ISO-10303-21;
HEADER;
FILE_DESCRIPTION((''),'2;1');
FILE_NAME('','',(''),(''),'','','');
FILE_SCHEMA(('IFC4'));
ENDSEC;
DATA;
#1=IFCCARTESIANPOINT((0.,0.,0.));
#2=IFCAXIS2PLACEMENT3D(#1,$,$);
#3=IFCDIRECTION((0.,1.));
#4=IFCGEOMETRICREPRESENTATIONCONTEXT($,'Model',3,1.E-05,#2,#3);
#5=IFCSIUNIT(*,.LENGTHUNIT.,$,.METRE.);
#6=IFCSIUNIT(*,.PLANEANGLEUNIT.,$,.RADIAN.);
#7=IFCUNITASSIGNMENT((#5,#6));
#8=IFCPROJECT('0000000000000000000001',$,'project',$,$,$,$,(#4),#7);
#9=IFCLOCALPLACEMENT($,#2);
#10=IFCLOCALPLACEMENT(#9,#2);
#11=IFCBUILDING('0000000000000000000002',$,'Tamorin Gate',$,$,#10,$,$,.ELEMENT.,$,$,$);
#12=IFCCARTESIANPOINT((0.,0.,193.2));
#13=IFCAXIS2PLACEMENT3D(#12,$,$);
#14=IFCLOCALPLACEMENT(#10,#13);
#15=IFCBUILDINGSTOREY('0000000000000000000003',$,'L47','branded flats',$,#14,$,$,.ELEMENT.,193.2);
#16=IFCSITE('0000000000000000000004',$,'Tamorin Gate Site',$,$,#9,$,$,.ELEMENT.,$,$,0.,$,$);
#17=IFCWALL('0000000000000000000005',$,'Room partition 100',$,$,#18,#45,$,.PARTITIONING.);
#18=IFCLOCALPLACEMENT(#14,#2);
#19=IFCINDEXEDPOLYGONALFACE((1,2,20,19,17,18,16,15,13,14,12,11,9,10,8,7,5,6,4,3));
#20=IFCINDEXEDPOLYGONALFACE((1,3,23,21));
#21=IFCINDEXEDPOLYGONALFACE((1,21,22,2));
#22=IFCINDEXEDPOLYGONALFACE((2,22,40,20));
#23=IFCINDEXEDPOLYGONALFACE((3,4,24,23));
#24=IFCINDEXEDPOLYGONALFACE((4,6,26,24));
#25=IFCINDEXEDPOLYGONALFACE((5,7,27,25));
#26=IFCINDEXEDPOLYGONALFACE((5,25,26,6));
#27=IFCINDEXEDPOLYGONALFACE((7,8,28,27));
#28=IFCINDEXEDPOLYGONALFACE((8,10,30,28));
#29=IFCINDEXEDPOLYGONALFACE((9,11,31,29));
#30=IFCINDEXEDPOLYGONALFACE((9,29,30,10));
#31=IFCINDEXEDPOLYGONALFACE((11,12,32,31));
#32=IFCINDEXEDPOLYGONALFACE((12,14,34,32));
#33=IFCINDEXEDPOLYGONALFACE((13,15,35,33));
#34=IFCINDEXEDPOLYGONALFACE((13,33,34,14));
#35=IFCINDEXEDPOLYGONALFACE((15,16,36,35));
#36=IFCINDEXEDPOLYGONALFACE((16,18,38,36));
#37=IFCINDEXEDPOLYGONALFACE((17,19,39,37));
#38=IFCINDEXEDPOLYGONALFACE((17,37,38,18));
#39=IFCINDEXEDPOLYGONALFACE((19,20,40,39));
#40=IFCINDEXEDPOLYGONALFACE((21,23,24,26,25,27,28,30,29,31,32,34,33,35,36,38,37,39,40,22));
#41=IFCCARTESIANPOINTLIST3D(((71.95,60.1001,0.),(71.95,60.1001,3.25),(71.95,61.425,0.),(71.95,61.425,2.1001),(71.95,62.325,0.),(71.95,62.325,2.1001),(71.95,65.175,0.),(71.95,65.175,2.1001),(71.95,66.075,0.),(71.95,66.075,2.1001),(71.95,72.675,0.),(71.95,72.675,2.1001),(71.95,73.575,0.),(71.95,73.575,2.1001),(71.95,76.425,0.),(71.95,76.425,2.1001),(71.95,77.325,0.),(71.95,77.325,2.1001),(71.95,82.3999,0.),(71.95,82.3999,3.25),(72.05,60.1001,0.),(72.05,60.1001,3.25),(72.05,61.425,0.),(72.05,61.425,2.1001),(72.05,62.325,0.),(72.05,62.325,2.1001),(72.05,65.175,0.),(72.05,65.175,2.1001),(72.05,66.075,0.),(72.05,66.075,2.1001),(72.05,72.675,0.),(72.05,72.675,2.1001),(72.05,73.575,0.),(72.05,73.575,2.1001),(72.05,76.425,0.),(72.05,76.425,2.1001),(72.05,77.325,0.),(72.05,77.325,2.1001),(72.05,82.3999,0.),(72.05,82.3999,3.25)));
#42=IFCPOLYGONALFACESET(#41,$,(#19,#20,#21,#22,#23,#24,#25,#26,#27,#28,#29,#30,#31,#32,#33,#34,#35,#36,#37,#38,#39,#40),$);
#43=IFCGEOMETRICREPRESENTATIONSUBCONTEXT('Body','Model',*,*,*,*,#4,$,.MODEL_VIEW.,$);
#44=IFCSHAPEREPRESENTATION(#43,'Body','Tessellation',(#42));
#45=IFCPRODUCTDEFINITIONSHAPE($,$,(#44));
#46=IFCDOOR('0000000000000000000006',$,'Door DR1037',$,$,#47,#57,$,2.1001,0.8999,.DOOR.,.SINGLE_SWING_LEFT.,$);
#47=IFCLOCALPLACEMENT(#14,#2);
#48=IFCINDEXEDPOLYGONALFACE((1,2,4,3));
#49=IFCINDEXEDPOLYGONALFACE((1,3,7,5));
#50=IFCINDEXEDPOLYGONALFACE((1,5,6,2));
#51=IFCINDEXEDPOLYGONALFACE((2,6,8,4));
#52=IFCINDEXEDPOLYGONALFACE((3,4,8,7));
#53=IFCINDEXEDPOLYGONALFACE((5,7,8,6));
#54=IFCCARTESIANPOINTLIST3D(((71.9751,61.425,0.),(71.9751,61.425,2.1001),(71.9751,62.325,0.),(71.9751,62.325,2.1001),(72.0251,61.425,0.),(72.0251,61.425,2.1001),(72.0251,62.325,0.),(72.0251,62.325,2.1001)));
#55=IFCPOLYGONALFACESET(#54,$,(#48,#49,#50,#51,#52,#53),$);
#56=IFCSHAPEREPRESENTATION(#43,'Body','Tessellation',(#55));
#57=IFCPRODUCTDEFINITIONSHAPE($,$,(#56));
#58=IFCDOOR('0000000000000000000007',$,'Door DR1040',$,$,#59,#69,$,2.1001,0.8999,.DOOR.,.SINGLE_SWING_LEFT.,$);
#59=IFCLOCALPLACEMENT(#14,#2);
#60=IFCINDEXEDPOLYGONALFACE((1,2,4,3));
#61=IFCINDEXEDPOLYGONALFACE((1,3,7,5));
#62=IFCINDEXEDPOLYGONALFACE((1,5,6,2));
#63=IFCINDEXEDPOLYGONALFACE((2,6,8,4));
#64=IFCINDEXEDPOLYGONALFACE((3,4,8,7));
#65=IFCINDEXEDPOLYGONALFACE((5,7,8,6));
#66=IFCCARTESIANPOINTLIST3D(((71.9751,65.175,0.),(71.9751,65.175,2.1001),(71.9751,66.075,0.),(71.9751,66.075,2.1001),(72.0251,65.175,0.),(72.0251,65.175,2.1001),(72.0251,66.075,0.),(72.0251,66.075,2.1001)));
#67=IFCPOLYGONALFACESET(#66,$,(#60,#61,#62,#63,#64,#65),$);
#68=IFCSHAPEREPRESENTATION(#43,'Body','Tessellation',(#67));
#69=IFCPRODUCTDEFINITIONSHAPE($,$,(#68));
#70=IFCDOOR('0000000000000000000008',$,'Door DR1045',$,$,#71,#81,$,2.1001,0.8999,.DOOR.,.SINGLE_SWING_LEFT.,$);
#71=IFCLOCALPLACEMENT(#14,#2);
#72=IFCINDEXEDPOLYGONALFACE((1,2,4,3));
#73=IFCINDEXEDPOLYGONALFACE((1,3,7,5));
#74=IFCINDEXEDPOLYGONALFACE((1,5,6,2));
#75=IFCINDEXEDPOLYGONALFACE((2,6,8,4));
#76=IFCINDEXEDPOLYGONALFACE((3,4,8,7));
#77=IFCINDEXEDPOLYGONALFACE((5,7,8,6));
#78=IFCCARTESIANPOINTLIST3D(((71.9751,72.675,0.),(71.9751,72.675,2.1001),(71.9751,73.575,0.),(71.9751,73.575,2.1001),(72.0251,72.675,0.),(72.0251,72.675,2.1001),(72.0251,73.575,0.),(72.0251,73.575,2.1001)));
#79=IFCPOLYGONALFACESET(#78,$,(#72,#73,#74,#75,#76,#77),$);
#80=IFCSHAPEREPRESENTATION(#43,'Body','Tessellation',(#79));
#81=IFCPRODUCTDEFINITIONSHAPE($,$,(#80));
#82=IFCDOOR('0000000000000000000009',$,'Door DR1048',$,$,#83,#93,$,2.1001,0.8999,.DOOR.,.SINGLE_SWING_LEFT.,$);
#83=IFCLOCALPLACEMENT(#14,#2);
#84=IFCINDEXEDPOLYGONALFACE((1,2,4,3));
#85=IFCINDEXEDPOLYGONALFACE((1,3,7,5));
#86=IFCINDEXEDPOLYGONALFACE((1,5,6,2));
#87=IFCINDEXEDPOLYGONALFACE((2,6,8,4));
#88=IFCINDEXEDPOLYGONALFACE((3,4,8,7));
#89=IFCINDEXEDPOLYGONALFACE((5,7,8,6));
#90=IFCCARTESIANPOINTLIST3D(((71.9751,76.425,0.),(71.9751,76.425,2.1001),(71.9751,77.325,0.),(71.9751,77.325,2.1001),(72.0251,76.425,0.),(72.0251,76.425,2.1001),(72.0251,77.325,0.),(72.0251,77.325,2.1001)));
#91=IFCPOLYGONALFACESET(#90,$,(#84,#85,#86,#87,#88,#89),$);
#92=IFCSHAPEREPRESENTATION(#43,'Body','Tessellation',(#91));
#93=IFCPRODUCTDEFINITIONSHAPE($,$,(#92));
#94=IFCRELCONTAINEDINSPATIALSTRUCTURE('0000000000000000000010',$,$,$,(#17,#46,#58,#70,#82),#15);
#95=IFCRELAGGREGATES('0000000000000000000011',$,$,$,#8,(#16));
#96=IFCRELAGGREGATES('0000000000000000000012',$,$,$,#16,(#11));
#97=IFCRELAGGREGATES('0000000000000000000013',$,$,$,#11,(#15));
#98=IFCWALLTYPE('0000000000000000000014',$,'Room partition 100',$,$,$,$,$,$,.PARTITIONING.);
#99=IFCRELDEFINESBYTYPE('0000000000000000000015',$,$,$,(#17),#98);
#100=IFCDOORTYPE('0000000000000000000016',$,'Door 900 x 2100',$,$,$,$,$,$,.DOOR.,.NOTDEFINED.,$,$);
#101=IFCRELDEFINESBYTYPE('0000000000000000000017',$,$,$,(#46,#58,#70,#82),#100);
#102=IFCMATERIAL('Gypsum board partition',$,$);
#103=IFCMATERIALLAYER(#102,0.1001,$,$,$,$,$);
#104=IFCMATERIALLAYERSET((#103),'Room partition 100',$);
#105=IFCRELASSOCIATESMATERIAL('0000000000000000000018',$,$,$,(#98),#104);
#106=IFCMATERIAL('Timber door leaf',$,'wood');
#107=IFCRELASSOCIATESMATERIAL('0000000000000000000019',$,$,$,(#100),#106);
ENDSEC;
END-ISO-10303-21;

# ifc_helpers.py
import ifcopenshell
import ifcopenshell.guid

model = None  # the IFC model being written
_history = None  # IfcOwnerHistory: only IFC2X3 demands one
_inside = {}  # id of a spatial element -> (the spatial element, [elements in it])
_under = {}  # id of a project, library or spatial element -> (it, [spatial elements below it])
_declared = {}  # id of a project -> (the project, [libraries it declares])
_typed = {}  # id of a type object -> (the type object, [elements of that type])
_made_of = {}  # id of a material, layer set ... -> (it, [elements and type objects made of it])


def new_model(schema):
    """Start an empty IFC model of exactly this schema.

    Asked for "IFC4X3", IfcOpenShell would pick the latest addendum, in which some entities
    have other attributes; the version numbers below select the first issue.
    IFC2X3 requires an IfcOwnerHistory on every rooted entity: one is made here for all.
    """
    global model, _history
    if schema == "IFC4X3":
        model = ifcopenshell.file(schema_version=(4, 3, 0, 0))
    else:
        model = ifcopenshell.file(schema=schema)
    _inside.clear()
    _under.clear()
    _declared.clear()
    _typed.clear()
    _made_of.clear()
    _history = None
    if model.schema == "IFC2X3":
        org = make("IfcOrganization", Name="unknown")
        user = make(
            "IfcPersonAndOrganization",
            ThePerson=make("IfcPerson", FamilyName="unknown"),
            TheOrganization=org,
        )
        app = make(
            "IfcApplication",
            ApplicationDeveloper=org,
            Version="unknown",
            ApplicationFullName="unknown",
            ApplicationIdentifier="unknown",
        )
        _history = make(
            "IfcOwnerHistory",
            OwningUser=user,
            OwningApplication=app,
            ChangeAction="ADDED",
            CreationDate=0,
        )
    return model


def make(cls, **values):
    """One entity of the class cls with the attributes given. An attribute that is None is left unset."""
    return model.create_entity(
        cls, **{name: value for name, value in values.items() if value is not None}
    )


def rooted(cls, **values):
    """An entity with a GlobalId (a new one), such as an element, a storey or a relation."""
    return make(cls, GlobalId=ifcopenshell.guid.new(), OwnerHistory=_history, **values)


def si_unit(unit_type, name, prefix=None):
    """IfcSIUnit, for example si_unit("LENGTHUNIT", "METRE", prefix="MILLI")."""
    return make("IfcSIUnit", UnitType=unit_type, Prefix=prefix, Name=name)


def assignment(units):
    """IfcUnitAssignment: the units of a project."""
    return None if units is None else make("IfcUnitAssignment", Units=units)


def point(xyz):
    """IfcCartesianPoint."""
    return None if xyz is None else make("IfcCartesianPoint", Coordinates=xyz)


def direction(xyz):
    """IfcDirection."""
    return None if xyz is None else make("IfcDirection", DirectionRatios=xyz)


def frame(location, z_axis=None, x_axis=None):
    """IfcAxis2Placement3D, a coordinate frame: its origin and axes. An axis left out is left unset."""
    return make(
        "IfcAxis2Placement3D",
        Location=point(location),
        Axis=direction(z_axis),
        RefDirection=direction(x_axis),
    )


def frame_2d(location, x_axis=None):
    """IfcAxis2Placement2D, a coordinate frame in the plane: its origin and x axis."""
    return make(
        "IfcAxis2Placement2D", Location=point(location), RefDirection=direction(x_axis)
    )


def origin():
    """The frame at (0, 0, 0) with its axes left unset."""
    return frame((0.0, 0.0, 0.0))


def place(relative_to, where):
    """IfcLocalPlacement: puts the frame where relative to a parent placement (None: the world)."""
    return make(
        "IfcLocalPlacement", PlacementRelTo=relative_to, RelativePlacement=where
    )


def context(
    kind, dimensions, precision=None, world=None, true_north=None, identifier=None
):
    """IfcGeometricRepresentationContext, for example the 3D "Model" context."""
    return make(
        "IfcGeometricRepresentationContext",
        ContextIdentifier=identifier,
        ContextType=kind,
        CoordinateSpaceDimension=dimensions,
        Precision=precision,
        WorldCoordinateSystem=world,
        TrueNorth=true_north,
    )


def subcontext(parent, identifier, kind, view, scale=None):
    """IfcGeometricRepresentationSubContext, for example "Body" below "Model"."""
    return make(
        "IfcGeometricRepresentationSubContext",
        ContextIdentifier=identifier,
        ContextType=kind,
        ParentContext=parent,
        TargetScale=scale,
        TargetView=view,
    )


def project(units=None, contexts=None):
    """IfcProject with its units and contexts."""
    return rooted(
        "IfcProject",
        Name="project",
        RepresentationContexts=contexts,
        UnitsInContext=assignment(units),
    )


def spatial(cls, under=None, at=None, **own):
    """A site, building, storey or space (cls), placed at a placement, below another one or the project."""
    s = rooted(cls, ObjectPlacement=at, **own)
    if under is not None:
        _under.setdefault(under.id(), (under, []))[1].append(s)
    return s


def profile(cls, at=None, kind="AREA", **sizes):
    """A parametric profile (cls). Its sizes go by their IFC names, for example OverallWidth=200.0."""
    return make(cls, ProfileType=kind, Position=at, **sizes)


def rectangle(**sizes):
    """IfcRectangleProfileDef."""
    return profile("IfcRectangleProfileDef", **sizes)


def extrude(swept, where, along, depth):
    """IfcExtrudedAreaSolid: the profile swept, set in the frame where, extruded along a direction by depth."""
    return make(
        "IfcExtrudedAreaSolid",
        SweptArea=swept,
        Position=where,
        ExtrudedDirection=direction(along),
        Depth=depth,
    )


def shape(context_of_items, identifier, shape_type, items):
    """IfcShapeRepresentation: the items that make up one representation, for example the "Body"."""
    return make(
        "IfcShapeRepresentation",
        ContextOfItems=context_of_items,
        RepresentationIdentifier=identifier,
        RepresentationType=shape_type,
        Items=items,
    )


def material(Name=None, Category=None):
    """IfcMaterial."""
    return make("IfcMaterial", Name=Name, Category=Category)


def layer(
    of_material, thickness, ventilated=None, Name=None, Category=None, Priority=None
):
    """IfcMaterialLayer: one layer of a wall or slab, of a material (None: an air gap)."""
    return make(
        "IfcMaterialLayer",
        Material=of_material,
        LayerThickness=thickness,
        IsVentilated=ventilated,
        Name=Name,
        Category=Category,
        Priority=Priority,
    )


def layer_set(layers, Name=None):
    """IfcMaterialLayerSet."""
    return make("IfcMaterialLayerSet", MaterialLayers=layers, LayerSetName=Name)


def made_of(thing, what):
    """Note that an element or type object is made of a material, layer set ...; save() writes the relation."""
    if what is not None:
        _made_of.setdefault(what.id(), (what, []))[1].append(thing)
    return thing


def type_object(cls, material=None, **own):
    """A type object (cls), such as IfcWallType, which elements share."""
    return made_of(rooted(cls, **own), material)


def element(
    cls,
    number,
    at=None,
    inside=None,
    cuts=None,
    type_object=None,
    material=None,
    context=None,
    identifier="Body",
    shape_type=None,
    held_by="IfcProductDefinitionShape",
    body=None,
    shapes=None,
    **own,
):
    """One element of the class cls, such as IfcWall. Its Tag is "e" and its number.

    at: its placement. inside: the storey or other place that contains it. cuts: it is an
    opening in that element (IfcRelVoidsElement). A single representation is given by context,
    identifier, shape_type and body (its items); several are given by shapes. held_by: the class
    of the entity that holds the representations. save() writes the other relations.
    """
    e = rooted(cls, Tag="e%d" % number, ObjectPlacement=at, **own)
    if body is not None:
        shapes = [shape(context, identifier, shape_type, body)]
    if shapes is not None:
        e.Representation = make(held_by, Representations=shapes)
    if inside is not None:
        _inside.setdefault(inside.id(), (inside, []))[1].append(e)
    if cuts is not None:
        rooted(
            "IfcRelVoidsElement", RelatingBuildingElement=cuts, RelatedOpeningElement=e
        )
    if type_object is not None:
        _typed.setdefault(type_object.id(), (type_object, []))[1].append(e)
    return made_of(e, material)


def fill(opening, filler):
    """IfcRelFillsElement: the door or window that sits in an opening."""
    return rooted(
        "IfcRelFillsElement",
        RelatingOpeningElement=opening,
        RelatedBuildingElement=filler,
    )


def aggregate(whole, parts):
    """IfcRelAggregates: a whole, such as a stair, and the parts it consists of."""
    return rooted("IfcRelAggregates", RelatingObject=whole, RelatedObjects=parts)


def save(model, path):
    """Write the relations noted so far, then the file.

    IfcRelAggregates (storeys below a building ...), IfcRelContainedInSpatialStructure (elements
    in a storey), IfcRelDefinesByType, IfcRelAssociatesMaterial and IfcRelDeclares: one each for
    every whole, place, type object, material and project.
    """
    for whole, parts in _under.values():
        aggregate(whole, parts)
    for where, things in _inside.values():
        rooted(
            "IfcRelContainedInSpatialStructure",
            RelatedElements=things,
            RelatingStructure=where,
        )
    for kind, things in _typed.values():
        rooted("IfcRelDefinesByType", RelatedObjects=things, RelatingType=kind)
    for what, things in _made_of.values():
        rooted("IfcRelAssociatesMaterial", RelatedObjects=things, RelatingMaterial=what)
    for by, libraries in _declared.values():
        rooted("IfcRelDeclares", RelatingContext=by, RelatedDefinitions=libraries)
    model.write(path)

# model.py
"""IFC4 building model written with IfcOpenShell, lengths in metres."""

from ifc_helpers import new_model, si_unit, direction, frame, frame_2d, origin, place, context, subcontext, project, spatial, rectangle, extrude, material, layer, layer_set, type_object, element, fill, save


model = new_model("IFC4")

# Units and contexts
model_context = context("Model", 3, precision=1e-05, world=origin(), true_north=direction((0.0, 1.0)))
body_context = subcontext(model_context, "Body", "Model", "MODEL_VIEW")
ifc_project = project(units=[si_unit("LENGTHUNIT", "METRE"), si_unit("PLANEANGLEUNIT", "RADIAN")], contexts=[model_context])

# Site, building, storey
site_placement = place(None, origin())
site = spatial("IfcSite", under=ifc_project, at=site_placement, Name="Tamorin Gate Site", CompositionType="ELEMENT", RefElevation=0.0)
building_placement = place(site_placement, origin())
building = spatial("IfcBuilding", under=site, at=building_placement, Name="Tamorin Gate", CompositionType="ELEMENT")
storey_placement = place(building_placement, frame((0.0, 0.0, 193.2)))
storey = spatial("IfcBuildingStorey", under=building, at=storey_placement, Name="L47", Description="branded flats", CompositionType="ELEMENT", Elevation=193.2)

# Wall, openings, doors
ifc_material_1 = material(Name="Gypsum board partition")
ifc_layer_1 = layer(ifc_material_1, 0.1001)
ifc_layer_set_1 = layer_set([ifc_layer_1], Name="Room partition 100")
wall_type_1 = type_object("IfcWallType", Name="Room partition 100", PredefinedType="PARTITIONING", material=ifc_layer_set_1)
wall_1_placement = place(storey_placement, frame((72.0, 60.1001, 0.0), z_axis=(0.0, 0.0, 1.0), x_axis=(0.0, 1.0, 0.0)))
wall_1 = element("IfcWall", 1, at=wall_1_placement, inside=storey, type_object=wall_type_1, Name="Room partition 100", PredefinedType="PARTITIONING", context=body_context, shape_type="SweptSolid", body=[
    extrude(rectangle(XDim=22.2998, YDim=0.1001, at=frame_2d((11.1499, 0.0))), origin(), (0.0, 0.0, 1.0), 3.25),
])
opening_1_placement = place(wall_1_placement, frame((1.325, 0.0, 0.0)))
opening_1 = element("IfcOpeningElement", 2, at=opening_1_placement, cuts=wall_1, PredefinedType="OPENING", context=body_context, shape_type="SweptSolid", body=[
    extrude(rectangle(XDim=0.8999, YDim=2.1001, at=frame_2d((0.45, 1.05))), frame((0.0, 0.0601, 0.0), z_axis=(0.0, -1.0, 0.0), x_axis=(1.0, 0.0, 0.0)), (0.0, 0.0, 1.0), 0.1201),
])
opening_2_placement = place(wall_1_placement, frame((5.075, 0.0, 0.0)))
opening_2 = element("IfcOpeningElement", 3, at=opening_2_placement, cuts=wall_1, PredefinedType="OPENING", context=body_context, shape_type="SweptSolid", body=[
    extrude(rectangle(XDim=0.8999, YDim=2.1001, at=frame_2d((0.45, 1.05))), frame((0.0, 0.0601, 0.0), z_axis=(0.0, -1.0, 0.0), x_axis=(1.0, 0.0, 0.0)), (0.0, 0.0, 1.0), 0.1201),
])
opening_3_placement = place(wall_1_placement, frame((12.575, 0.0, 0.0)))
opening_3 = element("IfcOpeningElement", 4, at=opening_3_placement, cuts=wall_1, PredefinedType="OPENING", context=body_context, shape_type="SweptSolid", body=[
    extrude(rectangle(XDim=0.8999, YDim=2.1001, at=frame_2d((0.45, 1.05))), frame((0.0, 0.0601, 0.0), z_axis=(0.0, -1.0, 0.0), x_axis=(1.0, 0.0, 0.0)), (0.0, 0.0, 1.0), 0.1201),
])
opening_4_placement = place(wall_1_placement, frame((16.325, 0.0, 0.0)))
opening_4 = element("IfcOpeningElement", 5, at=opening_4_placement, cuts=wall_1, PredefinedType="OPENING", context=body_context, shape_type="SweptSolid", body=[
    extrude(rectangle(XDim=0.8999, YDim=2.1001, at=frame_2d((0.45, 1.05))), frame((0.0, 0.0601, 0.0), z_axis=(0.0, -1.0, 0.0), x_axis=(1.0, 0.0, 0.0)), (0.0, 0.0, 1.0), 0.1201),
])
ifc_material_2 = material(Name="Timber door leaf", Category="wood")
door_type = type_object("IfcDoorType", Name="Door 900 x 2100", OperationType="NOTDEFINED", PredefinedType="DOOR", material=ifc_material_2)
door_1_placement = place(opening_1_placement, origin())
door_1 = element("IfcDoor", 6, at=door_1_placement, inside=storey, type_object=door_type, Name="Door DR1037", OperationType="SINGLE_SWING_LEFT", OverallHeight=2.1001, OverallWidth=0.8999, PredefinedType="DOOR", context=body_context, shape_type="SweptSolid", body=[
    extrude(rectangle(XDim=0.8999, YDim=2.1001, at=frame_2d((0.45, 1.05))), frame((0.0, 0.0249, 0.0), z_axis=(0.0, -1.0, 0.0), x_axis=(1.0, 0.0, 0.0)), (0.0, 0.0, 1.0), 0.05),
])
fill(opening_1, door_1)
door_2_placement = place(opening_2_placement, origin())
door_2 = element("IfcDoor", 7, at=door_2_placement, inside=storey, type_object=door_type, Name="Door DR1040", OperationType="SINGLE_SWING_LEFT", OverallHeight=2.1001, OverallWidth=0.8999, PredefinedType="DOOR", context=body_context, shape_type="SweptSolid", body=[
    extrude(rectangle(XDim=0.8999, YDim=2.1001, at=frame_2d((0.45, 1.05))), frame((0.0, 0.0249, 0.0), z_axis=(0.0, -1.0, 0.0), x_axis=(1.0, 0.0, 0.0)), (0.0, 0.0, 1.0), 0.05),
])
fill(opening_2, door_2)
door_3_placement = place(opening_3_placement, origin())
door_3 = element("IfcDoor", 8, at=door_3_placement, inside=storey, type_object=door_type, Name="Door DR1045", OperationType="SINGLE_SWING_LEFT", OverallHeight=2.1001, OverallWidth=0.8999, PredefinedType="DOOR", context=body_context, shape_type="SweptSolid", body=[
    extrude(rectangle(XDim=0.8999, YDim=2.1001, at=frame_2d((0.45, 1.05))), frame((0.0, 0.0249, 0.0), z_axis=(0.0, -1.0, 0.0), x_axis=(1.0, 0.0, 0.0)), (0.0, 0.0, 1.0), 0.05),
])
fill(opening_3, door_3)
door_4_placement = place(opening_4_placement, origin())
door_4 = element("IfcDoor", 9, at=door_4_placement, inside=storey, type_object=door_type, Name="Door DR1048", OperationType="SINGLE_SWING_LEFT", OverallHeight=2.1001, OverallWidth=0.8999, PredefinedType="DOOR", context=body_context, shape_type="SweptSolid", body=[
    extrude(rectangle(XDim=0.8999, YDim=2.1001, at=frame_2d((0.45, 1.05))), frame((0.0, 0.0249, 0.0), z_axis=(0.0, -1.0, 0.0), x_axis=(1.0, 0.0, 0.0)), (0.0, 0.0, 1.0), 0.05),
])
fill(opening_4, door_4)

save(model, "model.ifc")
